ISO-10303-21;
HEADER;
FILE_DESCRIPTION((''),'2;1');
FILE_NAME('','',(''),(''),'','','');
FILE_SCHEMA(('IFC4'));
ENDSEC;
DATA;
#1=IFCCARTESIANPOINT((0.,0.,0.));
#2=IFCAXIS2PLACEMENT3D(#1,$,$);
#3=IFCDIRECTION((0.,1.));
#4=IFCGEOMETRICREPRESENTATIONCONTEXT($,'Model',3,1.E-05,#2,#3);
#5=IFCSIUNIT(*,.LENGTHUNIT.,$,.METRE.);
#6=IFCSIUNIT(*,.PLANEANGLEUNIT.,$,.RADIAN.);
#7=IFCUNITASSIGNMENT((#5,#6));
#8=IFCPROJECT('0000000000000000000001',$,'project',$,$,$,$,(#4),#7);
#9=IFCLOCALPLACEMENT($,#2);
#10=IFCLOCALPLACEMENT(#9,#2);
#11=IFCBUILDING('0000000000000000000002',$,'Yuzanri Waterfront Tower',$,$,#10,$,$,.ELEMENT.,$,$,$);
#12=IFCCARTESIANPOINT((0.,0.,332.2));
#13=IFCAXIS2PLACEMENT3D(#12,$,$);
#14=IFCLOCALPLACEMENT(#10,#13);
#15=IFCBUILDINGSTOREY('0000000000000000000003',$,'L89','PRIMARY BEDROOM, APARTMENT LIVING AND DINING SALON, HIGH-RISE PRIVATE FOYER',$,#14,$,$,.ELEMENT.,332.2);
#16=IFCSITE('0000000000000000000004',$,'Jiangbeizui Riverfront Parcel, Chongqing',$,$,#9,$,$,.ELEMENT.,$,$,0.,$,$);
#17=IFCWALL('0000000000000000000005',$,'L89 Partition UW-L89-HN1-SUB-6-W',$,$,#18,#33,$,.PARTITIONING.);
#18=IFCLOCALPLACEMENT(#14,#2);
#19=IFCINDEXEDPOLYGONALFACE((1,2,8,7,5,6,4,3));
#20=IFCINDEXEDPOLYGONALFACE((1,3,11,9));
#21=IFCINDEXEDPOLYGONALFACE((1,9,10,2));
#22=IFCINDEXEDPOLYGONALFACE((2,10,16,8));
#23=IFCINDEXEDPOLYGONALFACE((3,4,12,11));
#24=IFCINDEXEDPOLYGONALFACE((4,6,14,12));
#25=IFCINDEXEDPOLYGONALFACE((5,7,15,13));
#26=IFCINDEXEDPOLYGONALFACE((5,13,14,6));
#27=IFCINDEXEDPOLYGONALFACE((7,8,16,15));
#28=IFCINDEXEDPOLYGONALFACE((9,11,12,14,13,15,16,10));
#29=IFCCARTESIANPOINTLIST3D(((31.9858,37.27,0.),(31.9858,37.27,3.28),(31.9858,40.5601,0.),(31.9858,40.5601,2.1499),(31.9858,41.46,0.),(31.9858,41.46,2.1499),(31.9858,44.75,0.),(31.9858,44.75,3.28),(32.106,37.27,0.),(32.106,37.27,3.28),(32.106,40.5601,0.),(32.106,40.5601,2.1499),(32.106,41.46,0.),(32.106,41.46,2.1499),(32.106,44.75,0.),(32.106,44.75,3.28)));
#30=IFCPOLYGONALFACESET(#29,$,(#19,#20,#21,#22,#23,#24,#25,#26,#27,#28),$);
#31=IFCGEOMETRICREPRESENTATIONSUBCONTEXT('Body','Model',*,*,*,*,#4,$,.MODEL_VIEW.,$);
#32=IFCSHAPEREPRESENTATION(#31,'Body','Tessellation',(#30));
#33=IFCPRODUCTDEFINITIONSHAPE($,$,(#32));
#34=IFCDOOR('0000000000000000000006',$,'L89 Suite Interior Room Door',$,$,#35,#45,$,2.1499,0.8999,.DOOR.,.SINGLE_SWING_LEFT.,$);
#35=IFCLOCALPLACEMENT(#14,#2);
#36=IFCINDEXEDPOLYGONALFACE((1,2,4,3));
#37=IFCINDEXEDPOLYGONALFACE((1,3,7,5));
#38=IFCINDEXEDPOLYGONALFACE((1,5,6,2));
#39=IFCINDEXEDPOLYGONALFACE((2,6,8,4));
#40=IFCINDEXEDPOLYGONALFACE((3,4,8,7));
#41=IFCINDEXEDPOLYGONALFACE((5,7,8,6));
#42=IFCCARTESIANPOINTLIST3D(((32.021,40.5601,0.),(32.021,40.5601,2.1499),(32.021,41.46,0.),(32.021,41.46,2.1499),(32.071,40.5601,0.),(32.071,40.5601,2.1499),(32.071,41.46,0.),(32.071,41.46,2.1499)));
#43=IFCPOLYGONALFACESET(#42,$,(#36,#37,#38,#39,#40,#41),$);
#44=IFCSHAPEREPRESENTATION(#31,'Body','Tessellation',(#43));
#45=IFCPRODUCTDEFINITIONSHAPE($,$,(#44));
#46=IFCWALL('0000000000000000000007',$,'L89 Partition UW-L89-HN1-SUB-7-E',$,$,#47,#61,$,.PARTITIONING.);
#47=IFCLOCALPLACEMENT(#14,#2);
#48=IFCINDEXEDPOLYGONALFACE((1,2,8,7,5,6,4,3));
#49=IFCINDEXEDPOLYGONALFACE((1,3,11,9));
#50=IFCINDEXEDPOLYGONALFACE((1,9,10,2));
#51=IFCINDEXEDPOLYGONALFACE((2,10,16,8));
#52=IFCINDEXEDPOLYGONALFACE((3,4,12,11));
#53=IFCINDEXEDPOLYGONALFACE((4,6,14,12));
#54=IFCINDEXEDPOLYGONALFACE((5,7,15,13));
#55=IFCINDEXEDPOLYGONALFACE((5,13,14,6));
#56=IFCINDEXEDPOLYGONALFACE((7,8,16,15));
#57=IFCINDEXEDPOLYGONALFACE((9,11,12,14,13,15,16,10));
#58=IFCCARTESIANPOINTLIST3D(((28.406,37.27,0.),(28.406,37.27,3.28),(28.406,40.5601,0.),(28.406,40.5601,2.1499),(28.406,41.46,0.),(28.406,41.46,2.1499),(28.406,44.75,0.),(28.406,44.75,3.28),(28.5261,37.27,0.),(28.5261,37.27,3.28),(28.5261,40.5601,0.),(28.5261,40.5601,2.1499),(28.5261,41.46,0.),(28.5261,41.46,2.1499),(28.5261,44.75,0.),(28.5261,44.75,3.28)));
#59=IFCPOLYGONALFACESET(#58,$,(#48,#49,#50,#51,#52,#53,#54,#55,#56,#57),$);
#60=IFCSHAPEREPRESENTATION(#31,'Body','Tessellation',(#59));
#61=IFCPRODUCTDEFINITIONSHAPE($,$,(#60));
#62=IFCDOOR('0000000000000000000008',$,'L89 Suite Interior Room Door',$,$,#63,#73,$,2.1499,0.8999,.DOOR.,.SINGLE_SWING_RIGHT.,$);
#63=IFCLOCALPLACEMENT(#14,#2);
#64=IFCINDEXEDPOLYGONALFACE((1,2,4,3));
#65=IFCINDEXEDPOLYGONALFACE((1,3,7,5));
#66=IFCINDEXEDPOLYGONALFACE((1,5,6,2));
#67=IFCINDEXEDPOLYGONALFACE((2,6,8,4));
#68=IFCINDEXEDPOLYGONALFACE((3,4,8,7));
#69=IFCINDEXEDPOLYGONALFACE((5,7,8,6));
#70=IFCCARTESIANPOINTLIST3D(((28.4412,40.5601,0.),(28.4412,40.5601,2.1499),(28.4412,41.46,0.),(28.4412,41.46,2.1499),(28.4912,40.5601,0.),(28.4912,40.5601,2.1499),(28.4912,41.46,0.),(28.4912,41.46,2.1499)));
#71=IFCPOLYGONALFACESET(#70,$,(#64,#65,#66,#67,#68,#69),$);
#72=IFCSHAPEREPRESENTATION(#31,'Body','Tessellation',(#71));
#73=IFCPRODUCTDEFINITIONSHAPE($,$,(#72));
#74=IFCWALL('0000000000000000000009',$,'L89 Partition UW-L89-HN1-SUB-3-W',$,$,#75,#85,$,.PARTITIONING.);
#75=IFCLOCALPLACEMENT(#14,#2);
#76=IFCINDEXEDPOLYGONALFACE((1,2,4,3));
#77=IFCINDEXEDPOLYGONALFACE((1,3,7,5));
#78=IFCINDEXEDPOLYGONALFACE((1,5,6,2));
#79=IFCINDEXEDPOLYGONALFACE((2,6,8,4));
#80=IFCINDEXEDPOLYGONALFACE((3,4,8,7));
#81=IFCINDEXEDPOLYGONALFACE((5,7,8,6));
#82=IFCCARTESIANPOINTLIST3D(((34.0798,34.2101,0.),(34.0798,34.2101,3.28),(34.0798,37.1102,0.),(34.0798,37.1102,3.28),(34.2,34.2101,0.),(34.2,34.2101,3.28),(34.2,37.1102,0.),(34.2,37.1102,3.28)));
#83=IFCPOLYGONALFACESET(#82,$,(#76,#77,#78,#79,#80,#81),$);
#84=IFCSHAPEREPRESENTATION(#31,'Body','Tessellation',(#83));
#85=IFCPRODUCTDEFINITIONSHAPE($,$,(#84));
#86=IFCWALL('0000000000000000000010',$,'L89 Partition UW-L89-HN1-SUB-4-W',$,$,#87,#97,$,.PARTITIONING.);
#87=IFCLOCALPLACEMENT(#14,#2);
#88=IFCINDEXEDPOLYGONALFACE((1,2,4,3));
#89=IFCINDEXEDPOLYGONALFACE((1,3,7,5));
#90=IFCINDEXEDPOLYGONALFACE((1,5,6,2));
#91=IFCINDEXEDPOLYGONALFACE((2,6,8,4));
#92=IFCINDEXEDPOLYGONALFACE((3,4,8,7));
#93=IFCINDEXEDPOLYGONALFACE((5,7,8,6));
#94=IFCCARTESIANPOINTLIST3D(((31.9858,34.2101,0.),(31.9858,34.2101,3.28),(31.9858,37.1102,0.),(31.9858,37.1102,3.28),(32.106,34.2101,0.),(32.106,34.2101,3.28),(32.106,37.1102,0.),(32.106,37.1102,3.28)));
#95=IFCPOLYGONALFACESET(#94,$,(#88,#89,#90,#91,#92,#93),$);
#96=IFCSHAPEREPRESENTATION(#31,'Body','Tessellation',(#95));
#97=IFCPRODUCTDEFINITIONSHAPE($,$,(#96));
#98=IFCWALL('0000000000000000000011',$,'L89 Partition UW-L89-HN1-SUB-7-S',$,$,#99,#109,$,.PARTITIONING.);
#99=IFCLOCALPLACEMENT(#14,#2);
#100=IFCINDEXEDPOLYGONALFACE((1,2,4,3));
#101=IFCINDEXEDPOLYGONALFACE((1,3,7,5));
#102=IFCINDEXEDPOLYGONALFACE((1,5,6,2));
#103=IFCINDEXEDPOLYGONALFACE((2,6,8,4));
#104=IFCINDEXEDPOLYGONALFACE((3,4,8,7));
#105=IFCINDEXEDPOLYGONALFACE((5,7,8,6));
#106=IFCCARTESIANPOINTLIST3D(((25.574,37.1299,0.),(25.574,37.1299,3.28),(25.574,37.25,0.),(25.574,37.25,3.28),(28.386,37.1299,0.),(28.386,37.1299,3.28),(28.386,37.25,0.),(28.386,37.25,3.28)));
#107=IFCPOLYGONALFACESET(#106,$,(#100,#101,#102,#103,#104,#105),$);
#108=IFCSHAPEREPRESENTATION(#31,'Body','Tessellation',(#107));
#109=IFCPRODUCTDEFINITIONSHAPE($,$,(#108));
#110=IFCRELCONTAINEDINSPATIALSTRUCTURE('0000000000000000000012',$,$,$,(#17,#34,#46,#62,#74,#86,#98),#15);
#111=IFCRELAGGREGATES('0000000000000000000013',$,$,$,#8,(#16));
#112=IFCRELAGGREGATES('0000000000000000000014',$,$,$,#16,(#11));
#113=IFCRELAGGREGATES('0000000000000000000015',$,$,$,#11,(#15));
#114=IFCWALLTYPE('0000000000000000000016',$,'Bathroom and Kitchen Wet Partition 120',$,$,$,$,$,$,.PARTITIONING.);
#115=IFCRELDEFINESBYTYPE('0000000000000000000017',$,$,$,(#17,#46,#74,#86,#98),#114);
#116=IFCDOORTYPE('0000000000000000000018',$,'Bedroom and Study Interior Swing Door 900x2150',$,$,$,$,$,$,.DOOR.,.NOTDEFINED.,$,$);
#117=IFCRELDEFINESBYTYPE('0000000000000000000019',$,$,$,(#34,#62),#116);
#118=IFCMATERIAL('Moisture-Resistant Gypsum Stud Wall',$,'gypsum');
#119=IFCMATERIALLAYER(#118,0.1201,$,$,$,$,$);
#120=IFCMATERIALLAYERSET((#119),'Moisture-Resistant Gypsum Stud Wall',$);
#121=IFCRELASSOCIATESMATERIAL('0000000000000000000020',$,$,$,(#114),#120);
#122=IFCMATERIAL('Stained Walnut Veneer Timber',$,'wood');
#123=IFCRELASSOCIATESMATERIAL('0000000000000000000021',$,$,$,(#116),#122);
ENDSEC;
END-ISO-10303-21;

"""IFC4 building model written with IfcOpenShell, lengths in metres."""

from ifc_helpers import new_model, si_unit, direction, frame, frame_2d, origin, place, context, subcontext, project, spatial, rectangle, extrude, source, transform, mapped, material, layer, layer_set, type_object, element, fill, save


model = new_model("IFC4")

# Units and contexts
model_context = context("Model", 3, precision=1e-05, world=origin(), true_north=direction((0.0, 1.0)))
body_context = subcontext(model_context, "Body", "Model", "MODEL_VIEW")
ifc_project = project(units=[si_unit("LENGTHUNIT", "METRE"), si_unit("PLANEANGLEUNIT", "RADIAN")], contexts=[model_context])

# Site, building, storey
site_placement = place(None, origin())
site = spatial("IfcSite", under=ifc_project, at=site_placement, Name="Jiangbeizui Riverfront Parcel, Chongqing", CompositionType="ELEMENT", RefElevation=0.0)
building_placement = place(site_placement, origin())
building = spatial("IfcBuilding", under=site, at=building_placement, Name="Yuzanri Waterfront Tower", CompositionType="ELEMENT")
storey_placement = place(building_placement, frame((0.0, 0.0, 332.2)))
storey = spatial("IfcBuildingStorey", under=building, at=storey_placement, Name="L89", Description="PRIMARY BEDROOM, APARTMENT LIVING AND DINING SALON, HIGH-RISE PRIVATE FOYER", CompositionType="ELEMENT", Elevation=332.2)

# Shared definitions
ifc_material_1 = material(Name="Moisture-Resistant Gypsum Stud Wall", Category="gypsum")
ifc_layer_1 = layer(ifc_material_1, 0.1201)
ifc_layer_set_1 = layer_set([ifc_layer_1], Name="Moisture-Resistant Gypsum Stud Wall")
wall_type = type_object("IfcWallType", Name="Bathroom and Kitchen Wet Partition 120", PredefinedType="PARTITIONING", material=ifc_layer_set_1)
ifc_material_2 = material(Name="Stained Walnut Veneer Timber", Category="wood")
door_type_1 = type_object("IfcDoorType", Name="Bedroom and Study Interior Swing Door 900x2150", OperationType="NOTDEFINED", PredefinedType="DOOR", material=ifc_material_2)
shared_shape_1 = source(origin(), body_context, "Body", "SweptSolid", [
    extrude(rectangle(XDim=0.8999, YDim=2.1499, at=frame_2d((0.45, 1.075))), frame((0.0, 0.0249, 0.0), z_axis=(0.0, -1.0, 0.0), x_axis=(1.0, 0.0, 0.0)), (0.0, 0.0, 1.0), 0.05),
])

# Walls, openings, doors
wall_1_placement = place(storey_placement, frame((32.0459, 37.27, 0.0), z_axis=(0.0, 0.0, 1.0), x_axis=(0.0, 1.0, 0.0)))
wall_1 = element("IfcWall", 1, at=wall_1_placement, inside=storey, type_object=wall_type, Name="L89 Partition UW-L89-HN1-SUB-6-W", PredefinedType="PARTITIONING", context=body_context, shape_type="SweptSolid", body=[
    extrude(rectangle(XDim=7.48, YDim=0.1201, at=frame_2d((3.74, 0.0))), origin(), (0.0, 0.0, 1.0), 3.28),
])
opening_1_placement = place(wall_1_placement, frame((3.29, 0.0, 0.0)))
opening_1 = element("IfcOpeningElement", 2, at=opening_1_placement, cuts=wall_1, PredefinedType="OPENING", context=body_context, shape_type="SweptSolid", body=[
    extrude(rectangle(XDim=0.8999, YDim=2.1499, at=frame_2d((0.45, 1.075))), frame((0.0, 0.075, 0.0), z_axis=(0.0, -1.0, 0.0), x_axis=(1.0, 0.0, 0.0)), (0.0, 0.0, 1.0), 0.1499),
])
door_1_placement = place(opening_1_placement, origin())
door_1 = element("IfcDoor", 3, at=door_1_placement, inside=storey, type_object=door_type_1, Name="L89 Suite Interior Room Door", OperationType="SINGLE_SWING_LEFT", OverallHeight=2.1499, OverallWidth=0.8999, PredefinedType="DOOR", context=body_context, shape_type="MappedRepresentation", body=[
    mapped(shared_shape_1, transform((0.0, 0.0, 0.0), scale=1.0)),
])
fill(opening_1, door_1)
wall_2_placement = place(storey_placement, frame((28.4661, 37.27, 0.0), z_axis=(0.0, 0.0, 1.0), x_axis=(0.0, 1.0, 0.0)))
wall_2 = element("IfcWall", 4, at=wall_2_placement, inside=storey, type_object=wall_type, Name="L89 Partition UW-L89-HN1-SUB-7-E", PredefinedType="PARTITIONING", context=body_context, shape_type="SweptSolid", body=[
    extrude(rectangle(XDim=7.48, YDim=0.1201, at=frame_2d((3.74, 0.0))), origin(), (0.0, 0.0, 1.0), 3.28),
])
opening_2_placement = place(wall_2_placement, frame((3.29, 0.0, 0.0)))
opening_2 = element("IfcOpeningElement", 5, at=opening_2_placement, cuts=wall_2, PredefinedType="OPENING", context=body_context, shape_type="SweptSolid", body=[
    extrude(rectangle(XDim=0.8999, YDim=2.1499, at=frame_2d((0.45, 1.075))), frame((0.0, 0.075, 0.0), z_axis=(0.0, -1.0, 0.0), x_axis=(1.0, 0.0, 0.0)), (0.0, 0.0, 1.0), 0.1499),
])
door_2_placement = place(opening_2_placement, origin())
door_2 = element("IfcDoor", 6, at=door_2_placement, inside=storey, type_object=door_type_1, Name="L89 Suite Interior Room Door", OperationType="SINGLE_SWING_RIGHT", OverallHeight=2.1499, OverallWidth=0.8999, PredefinedType="DOOR", context=body_context, shape_type="MappedRepresentation", body=[
    mapped(shared_shape_1, transform((0.0, 0.0, 0.0), scale=1.0)),
])
fill(opening_2, door_2)

# Walls
shared_shape_2 = source(origin(), body_context, "Body", "SweptSolid", [
    extrude(rectangle(XDim=2.9001, YDim=0.1201, at=frame_2d((1.4502, 0.0))), origin(), (0.0, 0.0, 1.0), 3.28),
])
for number, where, z_axis, x_axis, name in (
    (7, (34.1399, 34.21, 0.0), (0.0, 0.0, 1.0), (0.0, 1.0, 0.0), "L89 Partition UW-L89-HN1-SUB-3-W"),
    (8, (32.0459, 34.21, 0.0), (0.0, 0.0, 1.0), (0.0, 1.0, 0.0), "L89 Partition UW-L89-HN1-SUB-4-W"),
):
    element("IfcWall", number, at=place(storey_placement, frame(where, z_axis=z_axis, x_axis=x_axis)), inside=storey, type_object=wall_type, Name=name, PredefinedType="PARTITIONING", context=body_context, shape_type="MappedRepresentation", body=[
        mapped(shared_shape_2, transform((0.0, 0.0, 0.0), scale=1.0)),
    ])
shared_shape_3 = source(origin(), body_context, "Body", "SweptSolid", [
    extrude(rectangle(XDim=2.812, YDim=0.1201, at=frame_2d((1.406, 0.0))), origin(), (0.0, 0.0, 1.0), 3.28),
])
wall_3_placement = place(storey_placement, frame((25.574, 37.1899, 0.0), z_axis=(0.0, 0.0, 1.0), x_axis=(1.0, 0.0, 0.0)))
element("IfcWall", 9, at=wall_3_placement, inside=storey, type_object=wall_type, Name="L89 Partition UW-L89-HN1-SUB-7-S", PredefinedType="PARTITIONING", context=body_context, shape_type="MappedRepresentation", body=[
    mapped(shared_shape_3, transform((0.0, 0.0, 0.0), scale=1.0)),
])

save(model, "model.ifc")
